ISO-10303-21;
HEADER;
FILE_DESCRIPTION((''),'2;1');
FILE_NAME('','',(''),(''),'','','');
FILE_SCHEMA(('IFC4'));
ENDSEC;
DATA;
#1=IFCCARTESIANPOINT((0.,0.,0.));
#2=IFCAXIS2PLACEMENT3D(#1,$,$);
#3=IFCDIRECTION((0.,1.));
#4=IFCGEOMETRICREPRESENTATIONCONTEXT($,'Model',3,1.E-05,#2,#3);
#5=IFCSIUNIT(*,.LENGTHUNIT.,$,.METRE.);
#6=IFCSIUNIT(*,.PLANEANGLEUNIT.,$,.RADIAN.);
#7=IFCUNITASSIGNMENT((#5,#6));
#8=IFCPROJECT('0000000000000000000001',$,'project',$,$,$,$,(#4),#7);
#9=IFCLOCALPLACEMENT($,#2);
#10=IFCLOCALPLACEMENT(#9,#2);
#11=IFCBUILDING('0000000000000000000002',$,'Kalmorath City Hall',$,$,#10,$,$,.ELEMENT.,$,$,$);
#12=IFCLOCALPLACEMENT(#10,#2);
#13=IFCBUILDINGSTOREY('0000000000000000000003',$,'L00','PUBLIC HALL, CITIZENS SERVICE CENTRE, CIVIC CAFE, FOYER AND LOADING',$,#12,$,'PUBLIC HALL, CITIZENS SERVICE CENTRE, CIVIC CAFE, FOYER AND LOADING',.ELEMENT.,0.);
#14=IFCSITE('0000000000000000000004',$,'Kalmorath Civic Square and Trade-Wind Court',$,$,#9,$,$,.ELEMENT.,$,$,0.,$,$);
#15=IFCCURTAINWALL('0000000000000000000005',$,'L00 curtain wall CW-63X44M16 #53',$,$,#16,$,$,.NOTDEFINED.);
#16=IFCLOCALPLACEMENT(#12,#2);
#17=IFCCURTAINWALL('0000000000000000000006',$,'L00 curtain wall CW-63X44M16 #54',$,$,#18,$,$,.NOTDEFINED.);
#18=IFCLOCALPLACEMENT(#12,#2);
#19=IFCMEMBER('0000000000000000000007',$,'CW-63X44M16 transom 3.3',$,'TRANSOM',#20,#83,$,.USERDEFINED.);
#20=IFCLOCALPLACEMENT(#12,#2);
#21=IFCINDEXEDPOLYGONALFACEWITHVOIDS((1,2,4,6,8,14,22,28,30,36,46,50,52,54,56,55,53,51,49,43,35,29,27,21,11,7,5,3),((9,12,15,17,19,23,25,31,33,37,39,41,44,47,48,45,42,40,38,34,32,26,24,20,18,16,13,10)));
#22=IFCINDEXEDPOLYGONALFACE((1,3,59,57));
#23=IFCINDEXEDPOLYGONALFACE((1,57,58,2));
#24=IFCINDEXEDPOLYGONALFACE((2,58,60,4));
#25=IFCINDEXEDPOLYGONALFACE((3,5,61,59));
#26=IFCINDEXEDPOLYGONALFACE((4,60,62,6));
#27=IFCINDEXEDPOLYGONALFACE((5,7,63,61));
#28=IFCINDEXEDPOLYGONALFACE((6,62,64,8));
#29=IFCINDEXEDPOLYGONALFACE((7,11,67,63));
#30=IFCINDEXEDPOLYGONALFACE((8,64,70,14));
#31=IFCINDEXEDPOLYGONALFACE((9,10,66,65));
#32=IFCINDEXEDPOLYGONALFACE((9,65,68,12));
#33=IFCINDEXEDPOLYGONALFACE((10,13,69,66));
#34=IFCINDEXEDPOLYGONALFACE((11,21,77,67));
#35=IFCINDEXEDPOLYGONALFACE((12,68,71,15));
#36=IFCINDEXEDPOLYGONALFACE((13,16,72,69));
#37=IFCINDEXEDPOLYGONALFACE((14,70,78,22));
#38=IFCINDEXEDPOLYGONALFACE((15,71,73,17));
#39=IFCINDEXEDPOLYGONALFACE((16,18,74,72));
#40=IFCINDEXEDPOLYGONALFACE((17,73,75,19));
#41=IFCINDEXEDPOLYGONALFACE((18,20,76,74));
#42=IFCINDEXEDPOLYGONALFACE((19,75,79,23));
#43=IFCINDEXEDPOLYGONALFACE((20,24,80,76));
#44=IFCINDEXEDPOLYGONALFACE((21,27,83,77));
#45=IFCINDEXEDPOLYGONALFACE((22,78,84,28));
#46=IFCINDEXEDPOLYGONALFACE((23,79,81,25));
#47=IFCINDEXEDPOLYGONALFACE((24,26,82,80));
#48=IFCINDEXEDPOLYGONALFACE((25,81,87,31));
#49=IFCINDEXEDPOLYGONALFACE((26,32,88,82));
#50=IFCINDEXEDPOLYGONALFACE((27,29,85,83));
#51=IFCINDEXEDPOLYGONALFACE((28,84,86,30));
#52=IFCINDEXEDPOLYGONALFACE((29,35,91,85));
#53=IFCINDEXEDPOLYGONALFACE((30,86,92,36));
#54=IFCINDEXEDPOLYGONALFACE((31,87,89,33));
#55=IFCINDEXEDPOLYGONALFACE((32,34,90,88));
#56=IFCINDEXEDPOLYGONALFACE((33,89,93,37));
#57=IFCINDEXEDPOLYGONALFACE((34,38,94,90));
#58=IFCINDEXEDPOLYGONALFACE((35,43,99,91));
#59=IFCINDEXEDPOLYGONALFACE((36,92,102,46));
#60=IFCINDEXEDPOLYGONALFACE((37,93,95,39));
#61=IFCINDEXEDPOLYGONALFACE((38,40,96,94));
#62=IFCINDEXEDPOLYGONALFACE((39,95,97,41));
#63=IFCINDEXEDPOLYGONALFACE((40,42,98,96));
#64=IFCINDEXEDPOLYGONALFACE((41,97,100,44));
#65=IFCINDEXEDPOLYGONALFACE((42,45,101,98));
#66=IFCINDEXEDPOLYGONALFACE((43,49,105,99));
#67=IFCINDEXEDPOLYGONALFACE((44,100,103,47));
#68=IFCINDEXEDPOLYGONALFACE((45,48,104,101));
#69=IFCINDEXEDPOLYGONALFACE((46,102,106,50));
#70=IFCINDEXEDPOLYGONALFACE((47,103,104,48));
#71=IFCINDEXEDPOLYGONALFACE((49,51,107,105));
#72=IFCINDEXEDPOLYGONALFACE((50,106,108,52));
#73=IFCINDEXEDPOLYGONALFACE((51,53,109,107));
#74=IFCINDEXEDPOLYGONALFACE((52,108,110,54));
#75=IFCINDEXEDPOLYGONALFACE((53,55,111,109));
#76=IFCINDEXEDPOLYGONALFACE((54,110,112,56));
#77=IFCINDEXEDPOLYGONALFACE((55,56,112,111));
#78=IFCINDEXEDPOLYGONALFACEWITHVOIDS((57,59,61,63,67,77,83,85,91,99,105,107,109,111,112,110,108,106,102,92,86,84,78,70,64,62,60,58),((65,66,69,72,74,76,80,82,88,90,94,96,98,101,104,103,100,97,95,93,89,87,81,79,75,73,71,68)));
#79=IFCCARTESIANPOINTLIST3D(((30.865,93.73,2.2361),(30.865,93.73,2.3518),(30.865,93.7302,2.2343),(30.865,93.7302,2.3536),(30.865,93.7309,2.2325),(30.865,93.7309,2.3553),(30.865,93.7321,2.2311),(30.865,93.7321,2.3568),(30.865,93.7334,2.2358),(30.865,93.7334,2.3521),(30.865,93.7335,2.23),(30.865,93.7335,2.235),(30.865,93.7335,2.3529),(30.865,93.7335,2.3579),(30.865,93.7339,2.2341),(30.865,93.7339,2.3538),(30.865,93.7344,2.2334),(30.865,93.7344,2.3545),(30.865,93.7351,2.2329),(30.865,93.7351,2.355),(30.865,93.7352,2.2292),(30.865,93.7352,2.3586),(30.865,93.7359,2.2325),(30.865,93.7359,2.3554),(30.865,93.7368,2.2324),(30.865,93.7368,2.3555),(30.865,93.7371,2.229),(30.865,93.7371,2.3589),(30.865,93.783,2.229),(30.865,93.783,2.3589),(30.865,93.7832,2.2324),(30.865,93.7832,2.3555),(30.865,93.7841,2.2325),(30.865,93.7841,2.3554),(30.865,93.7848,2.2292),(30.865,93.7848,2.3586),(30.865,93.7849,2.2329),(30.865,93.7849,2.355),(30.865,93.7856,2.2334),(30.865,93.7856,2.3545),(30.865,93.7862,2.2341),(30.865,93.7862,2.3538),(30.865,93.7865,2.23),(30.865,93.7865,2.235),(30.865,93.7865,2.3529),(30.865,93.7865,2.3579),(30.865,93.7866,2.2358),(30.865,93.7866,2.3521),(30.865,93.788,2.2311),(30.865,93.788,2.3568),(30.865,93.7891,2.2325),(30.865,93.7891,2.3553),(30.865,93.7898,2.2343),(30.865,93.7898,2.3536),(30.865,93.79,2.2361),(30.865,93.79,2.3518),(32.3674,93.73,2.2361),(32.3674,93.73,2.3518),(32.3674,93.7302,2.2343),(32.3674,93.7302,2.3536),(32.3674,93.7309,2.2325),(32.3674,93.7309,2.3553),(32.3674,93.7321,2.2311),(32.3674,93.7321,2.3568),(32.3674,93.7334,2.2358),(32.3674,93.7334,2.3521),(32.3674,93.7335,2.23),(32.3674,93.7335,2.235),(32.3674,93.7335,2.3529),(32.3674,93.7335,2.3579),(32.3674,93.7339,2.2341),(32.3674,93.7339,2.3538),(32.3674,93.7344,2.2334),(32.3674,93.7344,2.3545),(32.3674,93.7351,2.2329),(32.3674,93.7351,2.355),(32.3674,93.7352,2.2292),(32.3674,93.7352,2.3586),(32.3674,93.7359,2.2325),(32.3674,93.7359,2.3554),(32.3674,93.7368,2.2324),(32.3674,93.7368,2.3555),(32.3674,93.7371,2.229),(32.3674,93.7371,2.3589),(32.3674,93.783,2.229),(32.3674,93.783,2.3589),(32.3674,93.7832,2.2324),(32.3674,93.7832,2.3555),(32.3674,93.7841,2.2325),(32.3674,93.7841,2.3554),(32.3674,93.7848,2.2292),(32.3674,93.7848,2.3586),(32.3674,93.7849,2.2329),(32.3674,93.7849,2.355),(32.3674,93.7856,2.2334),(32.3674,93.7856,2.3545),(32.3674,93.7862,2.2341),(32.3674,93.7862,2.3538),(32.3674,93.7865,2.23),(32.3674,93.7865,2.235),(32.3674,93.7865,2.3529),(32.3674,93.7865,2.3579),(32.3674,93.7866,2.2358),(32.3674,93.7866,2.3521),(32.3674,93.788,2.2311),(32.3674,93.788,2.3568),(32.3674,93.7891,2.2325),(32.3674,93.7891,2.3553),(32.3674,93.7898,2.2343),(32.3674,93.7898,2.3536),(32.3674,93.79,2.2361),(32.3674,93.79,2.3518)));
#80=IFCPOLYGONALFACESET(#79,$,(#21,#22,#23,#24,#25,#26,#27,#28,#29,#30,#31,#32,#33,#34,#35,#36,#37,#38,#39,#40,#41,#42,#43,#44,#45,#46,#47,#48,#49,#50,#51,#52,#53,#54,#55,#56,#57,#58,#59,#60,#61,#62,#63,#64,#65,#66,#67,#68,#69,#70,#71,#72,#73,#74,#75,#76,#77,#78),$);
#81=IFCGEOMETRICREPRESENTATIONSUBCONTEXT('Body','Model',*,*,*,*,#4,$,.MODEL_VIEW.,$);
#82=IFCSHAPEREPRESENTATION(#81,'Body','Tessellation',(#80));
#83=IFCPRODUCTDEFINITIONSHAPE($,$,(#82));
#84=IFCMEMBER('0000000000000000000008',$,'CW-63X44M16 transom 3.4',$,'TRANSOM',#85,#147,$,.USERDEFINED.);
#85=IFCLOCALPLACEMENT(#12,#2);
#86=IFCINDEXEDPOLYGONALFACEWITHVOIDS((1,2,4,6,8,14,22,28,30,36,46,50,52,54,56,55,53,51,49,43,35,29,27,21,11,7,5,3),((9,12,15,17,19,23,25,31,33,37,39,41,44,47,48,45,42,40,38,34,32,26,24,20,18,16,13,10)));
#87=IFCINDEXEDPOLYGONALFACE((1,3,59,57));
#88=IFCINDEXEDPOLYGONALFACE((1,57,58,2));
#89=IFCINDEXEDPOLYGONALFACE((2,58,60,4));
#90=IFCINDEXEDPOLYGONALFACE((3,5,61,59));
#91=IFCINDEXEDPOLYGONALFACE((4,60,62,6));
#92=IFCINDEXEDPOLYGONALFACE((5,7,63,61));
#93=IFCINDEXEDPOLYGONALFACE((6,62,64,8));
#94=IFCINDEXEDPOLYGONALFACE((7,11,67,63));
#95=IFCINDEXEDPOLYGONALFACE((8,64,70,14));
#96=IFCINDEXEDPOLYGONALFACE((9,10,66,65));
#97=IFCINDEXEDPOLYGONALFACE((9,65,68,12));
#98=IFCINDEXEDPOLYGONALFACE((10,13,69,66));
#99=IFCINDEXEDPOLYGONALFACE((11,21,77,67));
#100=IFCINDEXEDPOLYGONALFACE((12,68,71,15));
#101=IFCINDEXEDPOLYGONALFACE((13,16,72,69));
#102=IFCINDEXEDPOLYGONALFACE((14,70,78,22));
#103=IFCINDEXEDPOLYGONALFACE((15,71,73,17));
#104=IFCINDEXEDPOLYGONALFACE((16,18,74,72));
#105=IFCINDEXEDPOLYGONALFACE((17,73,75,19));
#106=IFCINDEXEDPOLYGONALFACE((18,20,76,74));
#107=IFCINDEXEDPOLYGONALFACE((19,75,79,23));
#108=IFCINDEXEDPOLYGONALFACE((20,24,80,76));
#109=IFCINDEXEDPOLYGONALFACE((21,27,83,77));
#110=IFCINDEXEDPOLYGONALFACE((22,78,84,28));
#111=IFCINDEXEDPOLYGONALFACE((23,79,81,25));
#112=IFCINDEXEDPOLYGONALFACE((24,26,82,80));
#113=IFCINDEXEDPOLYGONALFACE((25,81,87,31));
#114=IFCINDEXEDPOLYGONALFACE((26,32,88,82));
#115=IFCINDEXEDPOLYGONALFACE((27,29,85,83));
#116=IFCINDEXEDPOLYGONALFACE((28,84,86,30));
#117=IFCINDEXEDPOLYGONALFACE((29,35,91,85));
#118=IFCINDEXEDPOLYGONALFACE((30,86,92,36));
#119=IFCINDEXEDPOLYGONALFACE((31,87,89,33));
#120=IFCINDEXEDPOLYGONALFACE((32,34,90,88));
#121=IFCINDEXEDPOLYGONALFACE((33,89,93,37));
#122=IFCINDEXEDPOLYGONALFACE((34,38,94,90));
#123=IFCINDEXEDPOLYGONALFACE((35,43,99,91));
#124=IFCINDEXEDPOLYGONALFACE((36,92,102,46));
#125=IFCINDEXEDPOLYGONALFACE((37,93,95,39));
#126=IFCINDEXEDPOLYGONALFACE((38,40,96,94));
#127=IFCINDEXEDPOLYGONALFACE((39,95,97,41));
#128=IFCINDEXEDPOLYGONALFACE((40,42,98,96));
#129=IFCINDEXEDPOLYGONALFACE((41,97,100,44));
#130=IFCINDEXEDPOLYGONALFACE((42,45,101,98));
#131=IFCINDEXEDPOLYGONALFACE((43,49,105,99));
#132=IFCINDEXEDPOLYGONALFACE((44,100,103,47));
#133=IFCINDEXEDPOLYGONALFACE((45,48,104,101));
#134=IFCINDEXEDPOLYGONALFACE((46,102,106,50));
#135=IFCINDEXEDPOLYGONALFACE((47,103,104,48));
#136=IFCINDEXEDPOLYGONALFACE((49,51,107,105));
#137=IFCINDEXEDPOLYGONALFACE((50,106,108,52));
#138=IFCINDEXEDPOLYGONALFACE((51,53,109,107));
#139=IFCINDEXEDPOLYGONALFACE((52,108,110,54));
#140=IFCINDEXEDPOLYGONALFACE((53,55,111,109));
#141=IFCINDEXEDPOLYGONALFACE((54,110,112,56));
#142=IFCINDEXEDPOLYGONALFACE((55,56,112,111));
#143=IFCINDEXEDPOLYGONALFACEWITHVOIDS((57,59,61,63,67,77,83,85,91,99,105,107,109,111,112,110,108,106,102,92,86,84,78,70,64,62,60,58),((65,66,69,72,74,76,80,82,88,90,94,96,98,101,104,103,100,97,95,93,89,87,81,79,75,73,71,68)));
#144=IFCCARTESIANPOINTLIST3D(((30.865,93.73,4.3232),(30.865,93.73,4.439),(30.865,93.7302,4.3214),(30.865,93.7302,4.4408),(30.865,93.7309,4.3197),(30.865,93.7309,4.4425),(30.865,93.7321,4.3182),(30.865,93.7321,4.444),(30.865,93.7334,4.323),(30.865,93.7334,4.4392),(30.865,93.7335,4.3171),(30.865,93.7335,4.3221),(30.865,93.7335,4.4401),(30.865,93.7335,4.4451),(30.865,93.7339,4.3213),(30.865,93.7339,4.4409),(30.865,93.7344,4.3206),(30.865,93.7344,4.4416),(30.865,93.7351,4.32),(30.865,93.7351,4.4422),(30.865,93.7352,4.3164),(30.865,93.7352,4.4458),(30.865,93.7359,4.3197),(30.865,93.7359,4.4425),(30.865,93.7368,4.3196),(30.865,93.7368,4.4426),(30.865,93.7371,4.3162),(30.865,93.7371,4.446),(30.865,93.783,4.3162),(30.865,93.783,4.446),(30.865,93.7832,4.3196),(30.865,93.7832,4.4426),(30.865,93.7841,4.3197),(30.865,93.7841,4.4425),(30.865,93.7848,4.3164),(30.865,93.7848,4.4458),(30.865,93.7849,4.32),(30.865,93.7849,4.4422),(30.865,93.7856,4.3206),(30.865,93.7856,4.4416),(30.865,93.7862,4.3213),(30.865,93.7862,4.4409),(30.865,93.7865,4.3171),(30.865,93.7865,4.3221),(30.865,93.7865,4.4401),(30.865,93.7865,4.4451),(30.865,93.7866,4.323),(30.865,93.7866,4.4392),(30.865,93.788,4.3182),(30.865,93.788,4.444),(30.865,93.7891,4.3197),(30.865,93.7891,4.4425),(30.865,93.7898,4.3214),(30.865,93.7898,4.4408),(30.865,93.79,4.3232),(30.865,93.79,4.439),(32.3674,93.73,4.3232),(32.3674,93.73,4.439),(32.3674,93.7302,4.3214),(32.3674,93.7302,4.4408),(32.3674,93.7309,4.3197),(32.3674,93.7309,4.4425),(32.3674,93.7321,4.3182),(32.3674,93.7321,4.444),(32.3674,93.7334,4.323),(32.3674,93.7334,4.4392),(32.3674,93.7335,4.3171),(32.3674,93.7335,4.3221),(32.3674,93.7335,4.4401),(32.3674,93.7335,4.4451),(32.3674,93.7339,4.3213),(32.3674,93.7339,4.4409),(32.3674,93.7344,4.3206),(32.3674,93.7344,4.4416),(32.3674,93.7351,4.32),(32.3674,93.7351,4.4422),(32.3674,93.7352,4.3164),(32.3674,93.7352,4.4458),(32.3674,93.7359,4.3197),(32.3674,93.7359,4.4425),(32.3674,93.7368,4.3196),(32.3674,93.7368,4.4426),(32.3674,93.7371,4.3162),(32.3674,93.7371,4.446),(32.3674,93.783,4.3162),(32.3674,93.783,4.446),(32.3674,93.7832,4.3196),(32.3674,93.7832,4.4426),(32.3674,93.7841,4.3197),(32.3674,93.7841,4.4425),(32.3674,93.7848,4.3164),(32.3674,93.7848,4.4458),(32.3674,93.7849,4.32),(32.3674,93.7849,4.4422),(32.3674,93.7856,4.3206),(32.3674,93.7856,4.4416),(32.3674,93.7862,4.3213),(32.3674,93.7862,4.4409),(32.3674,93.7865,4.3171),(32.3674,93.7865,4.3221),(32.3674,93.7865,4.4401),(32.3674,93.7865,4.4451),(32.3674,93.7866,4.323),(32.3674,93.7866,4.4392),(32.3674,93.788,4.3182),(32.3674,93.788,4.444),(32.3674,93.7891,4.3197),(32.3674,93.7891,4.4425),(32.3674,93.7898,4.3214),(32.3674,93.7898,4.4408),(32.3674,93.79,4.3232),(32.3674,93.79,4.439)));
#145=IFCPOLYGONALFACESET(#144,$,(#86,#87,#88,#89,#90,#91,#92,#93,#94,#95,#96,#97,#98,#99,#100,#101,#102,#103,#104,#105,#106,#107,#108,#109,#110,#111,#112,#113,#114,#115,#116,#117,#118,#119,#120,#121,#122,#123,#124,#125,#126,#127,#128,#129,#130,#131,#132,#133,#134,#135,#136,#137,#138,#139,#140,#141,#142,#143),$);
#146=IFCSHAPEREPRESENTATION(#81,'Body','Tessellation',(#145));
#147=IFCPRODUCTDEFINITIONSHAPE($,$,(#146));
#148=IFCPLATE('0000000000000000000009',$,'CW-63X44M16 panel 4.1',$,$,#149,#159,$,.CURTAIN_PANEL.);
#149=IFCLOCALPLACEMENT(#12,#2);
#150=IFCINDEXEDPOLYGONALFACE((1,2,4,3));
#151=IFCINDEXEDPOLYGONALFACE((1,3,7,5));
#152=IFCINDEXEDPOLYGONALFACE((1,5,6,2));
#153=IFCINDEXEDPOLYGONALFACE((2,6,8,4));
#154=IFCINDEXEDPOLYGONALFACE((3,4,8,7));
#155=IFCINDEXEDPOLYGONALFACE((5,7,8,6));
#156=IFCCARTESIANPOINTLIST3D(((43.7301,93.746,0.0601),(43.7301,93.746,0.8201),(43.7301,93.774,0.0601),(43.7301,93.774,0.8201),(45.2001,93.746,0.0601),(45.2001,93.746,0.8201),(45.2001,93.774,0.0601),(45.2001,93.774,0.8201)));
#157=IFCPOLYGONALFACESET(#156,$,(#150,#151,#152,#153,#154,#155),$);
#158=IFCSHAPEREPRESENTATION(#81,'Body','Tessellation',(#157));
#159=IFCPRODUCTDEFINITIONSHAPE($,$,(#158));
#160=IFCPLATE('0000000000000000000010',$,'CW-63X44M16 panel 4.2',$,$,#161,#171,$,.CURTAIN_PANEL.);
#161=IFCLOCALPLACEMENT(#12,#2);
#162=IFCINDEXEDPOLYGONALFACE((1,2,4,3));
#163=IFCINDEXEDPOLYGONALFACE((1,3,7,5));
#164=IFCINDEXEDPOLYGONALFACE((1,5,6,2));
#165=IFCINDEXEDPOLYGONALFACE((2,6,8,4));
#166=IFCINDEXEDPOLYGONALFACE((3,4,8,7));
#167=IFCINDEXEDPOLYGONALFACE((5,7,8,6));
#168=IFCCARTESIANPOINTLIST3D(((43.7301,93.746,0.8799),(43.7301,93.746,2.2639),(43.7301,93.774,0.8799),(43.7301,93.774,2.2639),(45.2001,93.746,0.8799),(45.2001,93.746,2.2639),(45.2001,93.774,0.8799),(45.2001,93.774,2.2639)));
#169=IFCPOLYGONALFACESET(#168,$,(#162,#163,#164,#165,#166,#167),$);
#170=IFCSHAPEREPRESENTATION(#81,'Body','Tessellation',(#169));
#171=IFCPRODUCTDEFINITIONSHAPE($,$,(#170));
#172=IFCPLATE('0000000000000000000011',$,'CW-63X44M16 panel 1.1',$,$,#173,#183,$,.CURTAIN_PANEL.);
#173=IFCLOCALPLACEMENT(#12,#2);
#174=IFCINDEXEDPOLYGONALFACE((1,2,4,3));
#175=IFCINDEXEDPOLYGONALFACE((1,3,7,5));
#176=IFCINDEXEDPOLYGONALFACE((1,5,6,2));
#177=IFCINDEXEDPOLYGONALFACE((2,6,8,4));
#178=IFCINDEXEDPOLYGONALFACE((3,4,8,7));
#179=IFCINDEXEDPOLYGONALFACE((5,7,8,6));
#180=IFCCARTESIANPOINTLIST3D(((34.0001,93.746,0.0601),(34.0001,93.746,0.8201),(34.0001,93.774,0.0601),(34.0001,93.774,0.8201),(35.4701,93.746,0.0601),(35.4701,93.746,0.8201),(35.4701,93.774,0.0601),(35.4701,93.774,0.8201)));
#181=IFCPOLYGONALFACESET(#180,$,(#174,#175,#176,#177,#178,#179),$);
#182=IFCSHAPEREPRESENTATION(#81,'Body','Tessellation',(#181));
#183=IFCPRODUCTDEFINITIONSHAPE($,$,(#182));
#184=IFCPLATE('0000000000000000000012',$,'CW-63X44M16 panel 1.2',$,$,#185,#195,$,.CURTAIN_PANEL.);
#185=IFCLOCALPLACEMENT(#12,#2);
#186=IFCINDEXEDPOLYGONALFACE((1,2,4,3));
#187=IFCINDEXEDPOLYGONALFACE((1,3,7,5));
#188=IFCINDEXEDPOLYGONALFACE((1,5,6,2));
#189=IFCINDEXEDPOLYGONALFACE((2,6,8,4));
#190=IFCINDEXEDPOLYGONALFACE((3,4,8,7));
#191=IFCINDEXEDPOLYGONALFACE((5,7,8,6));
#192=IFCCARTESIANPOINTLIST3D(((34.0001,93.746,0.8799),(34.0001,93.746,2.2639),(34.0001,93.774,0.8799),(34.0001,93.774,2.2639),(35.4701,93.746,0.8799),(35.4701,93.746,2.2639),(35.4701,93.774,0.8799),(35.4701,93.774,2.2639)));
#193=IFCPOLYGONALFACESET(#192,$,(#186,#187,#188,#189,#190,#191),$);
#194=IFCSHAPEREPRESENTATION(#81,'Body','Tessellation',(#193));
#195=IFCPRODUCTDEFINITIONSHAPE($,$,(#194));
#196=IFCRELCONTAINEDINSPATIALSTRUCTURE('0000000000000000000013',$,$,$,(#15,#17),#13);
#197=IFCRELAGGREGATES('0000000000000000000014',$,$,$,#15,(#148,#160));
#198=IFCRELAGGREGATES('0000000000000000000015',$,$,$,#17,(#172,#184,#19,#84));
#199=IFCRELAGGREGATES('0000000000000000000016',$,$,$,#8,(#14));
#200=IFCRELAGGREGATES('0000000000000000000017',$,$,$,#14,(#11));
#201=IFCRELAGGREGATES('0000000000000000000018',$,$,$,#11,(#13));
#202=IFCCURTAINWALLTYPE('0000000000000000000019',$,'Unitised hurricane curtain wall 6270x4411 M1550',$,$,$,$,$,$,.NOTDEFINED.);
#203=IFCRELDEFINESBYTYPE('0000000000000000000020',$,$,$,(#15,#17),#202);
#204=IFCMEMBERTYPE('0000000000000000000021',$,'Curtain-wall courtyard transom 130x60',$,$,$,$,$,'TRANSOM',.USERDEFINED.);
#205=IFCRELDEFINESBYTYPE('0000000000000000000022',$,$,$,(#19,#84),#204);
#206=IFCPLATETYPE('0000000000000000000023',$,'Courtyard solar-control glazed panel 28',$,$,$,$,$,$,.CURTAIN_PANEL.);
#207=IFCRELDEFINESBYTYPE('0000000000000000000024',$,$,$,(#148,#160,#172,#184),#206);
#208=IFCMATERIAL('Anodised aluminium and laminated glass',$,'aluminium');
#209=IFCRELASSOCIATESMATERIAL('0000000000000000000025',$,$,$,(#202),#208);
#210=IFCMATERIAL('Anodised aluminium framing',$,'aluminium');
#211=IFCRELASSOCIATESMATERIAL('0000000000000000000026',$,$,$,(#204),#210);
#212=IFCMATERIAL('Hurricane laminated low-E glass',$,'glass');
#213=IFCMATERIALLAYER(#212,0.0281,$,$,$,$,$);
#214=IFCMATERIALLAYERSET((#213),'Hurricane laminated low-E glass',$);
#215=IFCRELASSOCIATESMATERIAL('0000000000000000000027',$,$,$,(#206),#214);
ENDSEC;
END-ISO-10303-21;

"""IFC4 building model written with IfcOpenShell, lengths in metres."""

from ifc_helpers import new_model, si_unit, direction, frame, origin, origin_2d, place, context, subcontext, project, spatial, rectangle, hollow_rectangle, extrude, material, layer, layer_set, material_profile, profile_set, type_object, element, aggregate, save


model = new_model("IFC4")

# Units and contexts
model_context = context("Model", 3, precision=1e-05, world=origin(), true_north=direction((0.0, 1.0)))
body_context = subcontext(model_context, "Body", "Model", "MODEL_VIEW")
ifc_project = project(units=[si_unit("LENGTHUNIT", "METRE"), si_unit("PLANEANGLEUNIT", "RADIAN")], contexts=[model_context])

# Site, building, storey
site_placement = place(None, origin())
site = spatial("IfcSite", under=ifc_project, at=site_placement, Name="Kalmorath Civic Square and Trade-Wind Court", CompositionType="ELEMENT", RefElevation=0.0)
building_placement = place(site_placement, origin())
building = spatial("IfcBuilding", under=site, at=building_placement, Name="Kalmorath City Hall", CompositionType="ELEMENT")
storey_placement = place(building_placement, origin())
storey = spatial("IfcBuildingStorey", under=building, at=storey_placement, Name="L00", Description="PUBLIC HALL, CITIZENS SERVICE CENTRE, CIVIC CAFE, FOYER AND LOADING", LongName="PUBLIC HALL, CITIZENS SERVICE CENTRE, CIVIC CAFE, FOYER AND LOADING", CompositionType="ELEMENT", Elevation=0.0)

# Curtain wall
ifc_material_1 = material(Name="Anodised aluminium and laminated glass", Category="aluminium")
curtain_wall_type = type_object("IfcCurtainWallType", Name="Unitised hurricane curtain wall 6270x4411 M1550", PredefinedType="NOTDEFINED", material=ifc_material_1)
curtain_wall_1_placement = place(storey_placement, origin())
curtain_wall_1 = element("IfcCurtainWall", 1, at=curtain_wall_1_placement, inside=storey, type_object=curtain_wall_type, Name="L00 curtain wall CW-63X44M16 #53", PredefinedType="NOTDEFINED")

# Curtain wall, members
curtain_wall_2_placement = place(storey_placement, origin())
curtain_wall_2 = element("IfcCurtainWall", 2, at=curtain_wall_2_placement, inside=storey, type_object=curtain_wall_type, Name="L00 curtain wall CW-63X44M16 #54", PredefinedType="NOTDEFINED")
ifc_material_2 = material(Name="Anodised aluminium framing", Category="aluminium")
ifc_material_profile_1 = material_profile(ifc_material_2, hollow_rectangle(XDim=0.0601, YDim=0.1299, WallThickness=0.0034, InnerFilletRadius=0.0034, OuterFilletRadius=0.0071, at=origin_2d()), Name="ALU-TRN-130X60X3.5")
ifc_profile_set_1 = profile_set([ifc_material_profile_1], Name="Anodised aluminium framing")
member_type_1 = type_object("IfcMemberType", Name="Curtain-wall courtyard transom 130x60", ElementType="TRANSOM", PredefinedType="USERDEFINED", material=ifc_profile_set_1)
member_1_placement = place(storey_placement, frame((32.3674, 93.76, 2.2939), z_axis=(-1.0, 0.0, 0.0), x_axis=(0.0, -1.0, 0.0)))
member_1 = element("IfcMember", 3, at=member_1_placement, type_object=member_type_1, Name="CW-63X44M16 transom 3.3", ObjectType="TRANSOM", PredefinedType="USERDEFINED", context=body_context, shape_type="SweptSolid", body=[
    extrude(hollow_rectangle(XDim=0.0601, YDim=0.1299, WallThickness=0.0034, InnerFilletRadius=0.0034, OuterFilletRadius=0.0071, at=origin_2d()), origin(), (0.0, 0.0, 1.0), 1.5024),
])
member_2_placement = place(storey_placement, frame((32.3674, 93.76, 4.3811), z_axis=(-1.0, 0.0, 0.0), x_axis=(0.0, -1.0, 0.0)))
member_2 = element("IfcMember", 4, at=member_2_placement, type_object=member_type_1, Name="CW-63X44M16 transom 3.4", ObjectType="TRANSOM", PredefinedType="USERDEFINED", context=body_context, shape_type="SweptSolid", body=[
    extrude(hollow_rectangle(XDim=0.0601, YDim=0.1299, WallThickness=0.0034, InnerFilletRadius=0.0034, OuterFilletRadius=0.0071, at=origin_2d()), origin(), (0.0, 0.0, 1.0), 1.5024),
])

# Plates
ifc_material_3 = material(Name="Hurricane laminated low-E glass", Category="glass")
ifc_layer_1 = layer(ifc_material_3, 0.0281)
ifc_layer_set_1 = layer_set([ifc_layer_1], Name="Hurricane laminated low-E glass")
plate_type = type_object("IfcPlateType", Name="Courtyard solar-control glazed panel 28", PredefinedType="CURTAIN_PANEL", material=ifc_layer_set_1)
plate_1_placement = place(storey_placement, frame((44.4651, 93.76, 0.0601), z_axis=(0.0, 0.0, 1.0), x_axis=(-1.0, 0.0, 0.0)))
plate_1 = element("IfcPlate", 5, at=plate_1_placement, type_object=plate_type, Name="CW-63X44M16 panel 4.1", PredefinedType="CURTAIN_PANEL", context=body_context, shape_type="SweptSolid", body=[
    extrude(rectangle(XDim=1.47, YDim=0.0281, at=origin_2d()), origin(), (0.0, 0.0, 1.0), 0.76),
])
plate_2_placement = place(storey_placement, frame((44.4651, 93.76, 0.8799), z_axis=(0.0, 0.0, 1.0), x_axis=(-1.0, 0.0, 0.0)))
plate_2 = element("IfcPlate", 6, at=plate_2_placement, type_object=plate_type, Name="CW-63X44M16 panel 4.2", PredefinedType="CURTAIN_PANEL", context=body_context, shape_type="SweptSolid", body=[
    extrude(rectangle(XDim=1.47, YDim=0.0281, at=origin_2d()), origin(), (0.0, 0.0, 1.0), 1.384),
])
aggregate(curtain_wall_1, [plate_1, plate_2])
plate_3_placement = place(storey_placement, frame((34.7351, 93.76, 0.0601), z_axis=(0.0, 0.0, 1.0), x_axis=(-1.0, 0.0, 0.0)))
plate_3 = element("IfcPlate", 7, at=plate_3_placement, type_object=plate_type, Name="CW-63X44M16 panel 1.1", PredefinedType="CURTAIN_PANEL", context=body_context, shape_type="SweptSolid", body=[
    extrude(rectangle(XDim=1.47, YDim=0.0281, at=origin_2d()), origin(), (0.0, 0.0, 1.0), 0.76),
])
plate_4_placement = place(storey_placement, frame((34.7351, 93.76, 0.8799), z_axis=(0.0, 0.0, 1.0), x_axis=(-1.0, 0.0, 0.0)))
plate_4 = element("IfcPlate", 8, at=plate_4_placement, type_object=plate_type, Name="CW-63X44M16 panel 1.2", PredefinedType="CURTAIN_PANEL", context=body_context, shape_type="SweptSolid", body=[
    extrude(rectangle(XDim=1.47, YDim=0.0281, at=origin_2d()), origin(), (0.0, 0.0, 1.0), 1.384),
])
aggregate(curtain_wall_2, [plate_3, plate_4, member_1, member_2])

save(model, "model.ifc")
